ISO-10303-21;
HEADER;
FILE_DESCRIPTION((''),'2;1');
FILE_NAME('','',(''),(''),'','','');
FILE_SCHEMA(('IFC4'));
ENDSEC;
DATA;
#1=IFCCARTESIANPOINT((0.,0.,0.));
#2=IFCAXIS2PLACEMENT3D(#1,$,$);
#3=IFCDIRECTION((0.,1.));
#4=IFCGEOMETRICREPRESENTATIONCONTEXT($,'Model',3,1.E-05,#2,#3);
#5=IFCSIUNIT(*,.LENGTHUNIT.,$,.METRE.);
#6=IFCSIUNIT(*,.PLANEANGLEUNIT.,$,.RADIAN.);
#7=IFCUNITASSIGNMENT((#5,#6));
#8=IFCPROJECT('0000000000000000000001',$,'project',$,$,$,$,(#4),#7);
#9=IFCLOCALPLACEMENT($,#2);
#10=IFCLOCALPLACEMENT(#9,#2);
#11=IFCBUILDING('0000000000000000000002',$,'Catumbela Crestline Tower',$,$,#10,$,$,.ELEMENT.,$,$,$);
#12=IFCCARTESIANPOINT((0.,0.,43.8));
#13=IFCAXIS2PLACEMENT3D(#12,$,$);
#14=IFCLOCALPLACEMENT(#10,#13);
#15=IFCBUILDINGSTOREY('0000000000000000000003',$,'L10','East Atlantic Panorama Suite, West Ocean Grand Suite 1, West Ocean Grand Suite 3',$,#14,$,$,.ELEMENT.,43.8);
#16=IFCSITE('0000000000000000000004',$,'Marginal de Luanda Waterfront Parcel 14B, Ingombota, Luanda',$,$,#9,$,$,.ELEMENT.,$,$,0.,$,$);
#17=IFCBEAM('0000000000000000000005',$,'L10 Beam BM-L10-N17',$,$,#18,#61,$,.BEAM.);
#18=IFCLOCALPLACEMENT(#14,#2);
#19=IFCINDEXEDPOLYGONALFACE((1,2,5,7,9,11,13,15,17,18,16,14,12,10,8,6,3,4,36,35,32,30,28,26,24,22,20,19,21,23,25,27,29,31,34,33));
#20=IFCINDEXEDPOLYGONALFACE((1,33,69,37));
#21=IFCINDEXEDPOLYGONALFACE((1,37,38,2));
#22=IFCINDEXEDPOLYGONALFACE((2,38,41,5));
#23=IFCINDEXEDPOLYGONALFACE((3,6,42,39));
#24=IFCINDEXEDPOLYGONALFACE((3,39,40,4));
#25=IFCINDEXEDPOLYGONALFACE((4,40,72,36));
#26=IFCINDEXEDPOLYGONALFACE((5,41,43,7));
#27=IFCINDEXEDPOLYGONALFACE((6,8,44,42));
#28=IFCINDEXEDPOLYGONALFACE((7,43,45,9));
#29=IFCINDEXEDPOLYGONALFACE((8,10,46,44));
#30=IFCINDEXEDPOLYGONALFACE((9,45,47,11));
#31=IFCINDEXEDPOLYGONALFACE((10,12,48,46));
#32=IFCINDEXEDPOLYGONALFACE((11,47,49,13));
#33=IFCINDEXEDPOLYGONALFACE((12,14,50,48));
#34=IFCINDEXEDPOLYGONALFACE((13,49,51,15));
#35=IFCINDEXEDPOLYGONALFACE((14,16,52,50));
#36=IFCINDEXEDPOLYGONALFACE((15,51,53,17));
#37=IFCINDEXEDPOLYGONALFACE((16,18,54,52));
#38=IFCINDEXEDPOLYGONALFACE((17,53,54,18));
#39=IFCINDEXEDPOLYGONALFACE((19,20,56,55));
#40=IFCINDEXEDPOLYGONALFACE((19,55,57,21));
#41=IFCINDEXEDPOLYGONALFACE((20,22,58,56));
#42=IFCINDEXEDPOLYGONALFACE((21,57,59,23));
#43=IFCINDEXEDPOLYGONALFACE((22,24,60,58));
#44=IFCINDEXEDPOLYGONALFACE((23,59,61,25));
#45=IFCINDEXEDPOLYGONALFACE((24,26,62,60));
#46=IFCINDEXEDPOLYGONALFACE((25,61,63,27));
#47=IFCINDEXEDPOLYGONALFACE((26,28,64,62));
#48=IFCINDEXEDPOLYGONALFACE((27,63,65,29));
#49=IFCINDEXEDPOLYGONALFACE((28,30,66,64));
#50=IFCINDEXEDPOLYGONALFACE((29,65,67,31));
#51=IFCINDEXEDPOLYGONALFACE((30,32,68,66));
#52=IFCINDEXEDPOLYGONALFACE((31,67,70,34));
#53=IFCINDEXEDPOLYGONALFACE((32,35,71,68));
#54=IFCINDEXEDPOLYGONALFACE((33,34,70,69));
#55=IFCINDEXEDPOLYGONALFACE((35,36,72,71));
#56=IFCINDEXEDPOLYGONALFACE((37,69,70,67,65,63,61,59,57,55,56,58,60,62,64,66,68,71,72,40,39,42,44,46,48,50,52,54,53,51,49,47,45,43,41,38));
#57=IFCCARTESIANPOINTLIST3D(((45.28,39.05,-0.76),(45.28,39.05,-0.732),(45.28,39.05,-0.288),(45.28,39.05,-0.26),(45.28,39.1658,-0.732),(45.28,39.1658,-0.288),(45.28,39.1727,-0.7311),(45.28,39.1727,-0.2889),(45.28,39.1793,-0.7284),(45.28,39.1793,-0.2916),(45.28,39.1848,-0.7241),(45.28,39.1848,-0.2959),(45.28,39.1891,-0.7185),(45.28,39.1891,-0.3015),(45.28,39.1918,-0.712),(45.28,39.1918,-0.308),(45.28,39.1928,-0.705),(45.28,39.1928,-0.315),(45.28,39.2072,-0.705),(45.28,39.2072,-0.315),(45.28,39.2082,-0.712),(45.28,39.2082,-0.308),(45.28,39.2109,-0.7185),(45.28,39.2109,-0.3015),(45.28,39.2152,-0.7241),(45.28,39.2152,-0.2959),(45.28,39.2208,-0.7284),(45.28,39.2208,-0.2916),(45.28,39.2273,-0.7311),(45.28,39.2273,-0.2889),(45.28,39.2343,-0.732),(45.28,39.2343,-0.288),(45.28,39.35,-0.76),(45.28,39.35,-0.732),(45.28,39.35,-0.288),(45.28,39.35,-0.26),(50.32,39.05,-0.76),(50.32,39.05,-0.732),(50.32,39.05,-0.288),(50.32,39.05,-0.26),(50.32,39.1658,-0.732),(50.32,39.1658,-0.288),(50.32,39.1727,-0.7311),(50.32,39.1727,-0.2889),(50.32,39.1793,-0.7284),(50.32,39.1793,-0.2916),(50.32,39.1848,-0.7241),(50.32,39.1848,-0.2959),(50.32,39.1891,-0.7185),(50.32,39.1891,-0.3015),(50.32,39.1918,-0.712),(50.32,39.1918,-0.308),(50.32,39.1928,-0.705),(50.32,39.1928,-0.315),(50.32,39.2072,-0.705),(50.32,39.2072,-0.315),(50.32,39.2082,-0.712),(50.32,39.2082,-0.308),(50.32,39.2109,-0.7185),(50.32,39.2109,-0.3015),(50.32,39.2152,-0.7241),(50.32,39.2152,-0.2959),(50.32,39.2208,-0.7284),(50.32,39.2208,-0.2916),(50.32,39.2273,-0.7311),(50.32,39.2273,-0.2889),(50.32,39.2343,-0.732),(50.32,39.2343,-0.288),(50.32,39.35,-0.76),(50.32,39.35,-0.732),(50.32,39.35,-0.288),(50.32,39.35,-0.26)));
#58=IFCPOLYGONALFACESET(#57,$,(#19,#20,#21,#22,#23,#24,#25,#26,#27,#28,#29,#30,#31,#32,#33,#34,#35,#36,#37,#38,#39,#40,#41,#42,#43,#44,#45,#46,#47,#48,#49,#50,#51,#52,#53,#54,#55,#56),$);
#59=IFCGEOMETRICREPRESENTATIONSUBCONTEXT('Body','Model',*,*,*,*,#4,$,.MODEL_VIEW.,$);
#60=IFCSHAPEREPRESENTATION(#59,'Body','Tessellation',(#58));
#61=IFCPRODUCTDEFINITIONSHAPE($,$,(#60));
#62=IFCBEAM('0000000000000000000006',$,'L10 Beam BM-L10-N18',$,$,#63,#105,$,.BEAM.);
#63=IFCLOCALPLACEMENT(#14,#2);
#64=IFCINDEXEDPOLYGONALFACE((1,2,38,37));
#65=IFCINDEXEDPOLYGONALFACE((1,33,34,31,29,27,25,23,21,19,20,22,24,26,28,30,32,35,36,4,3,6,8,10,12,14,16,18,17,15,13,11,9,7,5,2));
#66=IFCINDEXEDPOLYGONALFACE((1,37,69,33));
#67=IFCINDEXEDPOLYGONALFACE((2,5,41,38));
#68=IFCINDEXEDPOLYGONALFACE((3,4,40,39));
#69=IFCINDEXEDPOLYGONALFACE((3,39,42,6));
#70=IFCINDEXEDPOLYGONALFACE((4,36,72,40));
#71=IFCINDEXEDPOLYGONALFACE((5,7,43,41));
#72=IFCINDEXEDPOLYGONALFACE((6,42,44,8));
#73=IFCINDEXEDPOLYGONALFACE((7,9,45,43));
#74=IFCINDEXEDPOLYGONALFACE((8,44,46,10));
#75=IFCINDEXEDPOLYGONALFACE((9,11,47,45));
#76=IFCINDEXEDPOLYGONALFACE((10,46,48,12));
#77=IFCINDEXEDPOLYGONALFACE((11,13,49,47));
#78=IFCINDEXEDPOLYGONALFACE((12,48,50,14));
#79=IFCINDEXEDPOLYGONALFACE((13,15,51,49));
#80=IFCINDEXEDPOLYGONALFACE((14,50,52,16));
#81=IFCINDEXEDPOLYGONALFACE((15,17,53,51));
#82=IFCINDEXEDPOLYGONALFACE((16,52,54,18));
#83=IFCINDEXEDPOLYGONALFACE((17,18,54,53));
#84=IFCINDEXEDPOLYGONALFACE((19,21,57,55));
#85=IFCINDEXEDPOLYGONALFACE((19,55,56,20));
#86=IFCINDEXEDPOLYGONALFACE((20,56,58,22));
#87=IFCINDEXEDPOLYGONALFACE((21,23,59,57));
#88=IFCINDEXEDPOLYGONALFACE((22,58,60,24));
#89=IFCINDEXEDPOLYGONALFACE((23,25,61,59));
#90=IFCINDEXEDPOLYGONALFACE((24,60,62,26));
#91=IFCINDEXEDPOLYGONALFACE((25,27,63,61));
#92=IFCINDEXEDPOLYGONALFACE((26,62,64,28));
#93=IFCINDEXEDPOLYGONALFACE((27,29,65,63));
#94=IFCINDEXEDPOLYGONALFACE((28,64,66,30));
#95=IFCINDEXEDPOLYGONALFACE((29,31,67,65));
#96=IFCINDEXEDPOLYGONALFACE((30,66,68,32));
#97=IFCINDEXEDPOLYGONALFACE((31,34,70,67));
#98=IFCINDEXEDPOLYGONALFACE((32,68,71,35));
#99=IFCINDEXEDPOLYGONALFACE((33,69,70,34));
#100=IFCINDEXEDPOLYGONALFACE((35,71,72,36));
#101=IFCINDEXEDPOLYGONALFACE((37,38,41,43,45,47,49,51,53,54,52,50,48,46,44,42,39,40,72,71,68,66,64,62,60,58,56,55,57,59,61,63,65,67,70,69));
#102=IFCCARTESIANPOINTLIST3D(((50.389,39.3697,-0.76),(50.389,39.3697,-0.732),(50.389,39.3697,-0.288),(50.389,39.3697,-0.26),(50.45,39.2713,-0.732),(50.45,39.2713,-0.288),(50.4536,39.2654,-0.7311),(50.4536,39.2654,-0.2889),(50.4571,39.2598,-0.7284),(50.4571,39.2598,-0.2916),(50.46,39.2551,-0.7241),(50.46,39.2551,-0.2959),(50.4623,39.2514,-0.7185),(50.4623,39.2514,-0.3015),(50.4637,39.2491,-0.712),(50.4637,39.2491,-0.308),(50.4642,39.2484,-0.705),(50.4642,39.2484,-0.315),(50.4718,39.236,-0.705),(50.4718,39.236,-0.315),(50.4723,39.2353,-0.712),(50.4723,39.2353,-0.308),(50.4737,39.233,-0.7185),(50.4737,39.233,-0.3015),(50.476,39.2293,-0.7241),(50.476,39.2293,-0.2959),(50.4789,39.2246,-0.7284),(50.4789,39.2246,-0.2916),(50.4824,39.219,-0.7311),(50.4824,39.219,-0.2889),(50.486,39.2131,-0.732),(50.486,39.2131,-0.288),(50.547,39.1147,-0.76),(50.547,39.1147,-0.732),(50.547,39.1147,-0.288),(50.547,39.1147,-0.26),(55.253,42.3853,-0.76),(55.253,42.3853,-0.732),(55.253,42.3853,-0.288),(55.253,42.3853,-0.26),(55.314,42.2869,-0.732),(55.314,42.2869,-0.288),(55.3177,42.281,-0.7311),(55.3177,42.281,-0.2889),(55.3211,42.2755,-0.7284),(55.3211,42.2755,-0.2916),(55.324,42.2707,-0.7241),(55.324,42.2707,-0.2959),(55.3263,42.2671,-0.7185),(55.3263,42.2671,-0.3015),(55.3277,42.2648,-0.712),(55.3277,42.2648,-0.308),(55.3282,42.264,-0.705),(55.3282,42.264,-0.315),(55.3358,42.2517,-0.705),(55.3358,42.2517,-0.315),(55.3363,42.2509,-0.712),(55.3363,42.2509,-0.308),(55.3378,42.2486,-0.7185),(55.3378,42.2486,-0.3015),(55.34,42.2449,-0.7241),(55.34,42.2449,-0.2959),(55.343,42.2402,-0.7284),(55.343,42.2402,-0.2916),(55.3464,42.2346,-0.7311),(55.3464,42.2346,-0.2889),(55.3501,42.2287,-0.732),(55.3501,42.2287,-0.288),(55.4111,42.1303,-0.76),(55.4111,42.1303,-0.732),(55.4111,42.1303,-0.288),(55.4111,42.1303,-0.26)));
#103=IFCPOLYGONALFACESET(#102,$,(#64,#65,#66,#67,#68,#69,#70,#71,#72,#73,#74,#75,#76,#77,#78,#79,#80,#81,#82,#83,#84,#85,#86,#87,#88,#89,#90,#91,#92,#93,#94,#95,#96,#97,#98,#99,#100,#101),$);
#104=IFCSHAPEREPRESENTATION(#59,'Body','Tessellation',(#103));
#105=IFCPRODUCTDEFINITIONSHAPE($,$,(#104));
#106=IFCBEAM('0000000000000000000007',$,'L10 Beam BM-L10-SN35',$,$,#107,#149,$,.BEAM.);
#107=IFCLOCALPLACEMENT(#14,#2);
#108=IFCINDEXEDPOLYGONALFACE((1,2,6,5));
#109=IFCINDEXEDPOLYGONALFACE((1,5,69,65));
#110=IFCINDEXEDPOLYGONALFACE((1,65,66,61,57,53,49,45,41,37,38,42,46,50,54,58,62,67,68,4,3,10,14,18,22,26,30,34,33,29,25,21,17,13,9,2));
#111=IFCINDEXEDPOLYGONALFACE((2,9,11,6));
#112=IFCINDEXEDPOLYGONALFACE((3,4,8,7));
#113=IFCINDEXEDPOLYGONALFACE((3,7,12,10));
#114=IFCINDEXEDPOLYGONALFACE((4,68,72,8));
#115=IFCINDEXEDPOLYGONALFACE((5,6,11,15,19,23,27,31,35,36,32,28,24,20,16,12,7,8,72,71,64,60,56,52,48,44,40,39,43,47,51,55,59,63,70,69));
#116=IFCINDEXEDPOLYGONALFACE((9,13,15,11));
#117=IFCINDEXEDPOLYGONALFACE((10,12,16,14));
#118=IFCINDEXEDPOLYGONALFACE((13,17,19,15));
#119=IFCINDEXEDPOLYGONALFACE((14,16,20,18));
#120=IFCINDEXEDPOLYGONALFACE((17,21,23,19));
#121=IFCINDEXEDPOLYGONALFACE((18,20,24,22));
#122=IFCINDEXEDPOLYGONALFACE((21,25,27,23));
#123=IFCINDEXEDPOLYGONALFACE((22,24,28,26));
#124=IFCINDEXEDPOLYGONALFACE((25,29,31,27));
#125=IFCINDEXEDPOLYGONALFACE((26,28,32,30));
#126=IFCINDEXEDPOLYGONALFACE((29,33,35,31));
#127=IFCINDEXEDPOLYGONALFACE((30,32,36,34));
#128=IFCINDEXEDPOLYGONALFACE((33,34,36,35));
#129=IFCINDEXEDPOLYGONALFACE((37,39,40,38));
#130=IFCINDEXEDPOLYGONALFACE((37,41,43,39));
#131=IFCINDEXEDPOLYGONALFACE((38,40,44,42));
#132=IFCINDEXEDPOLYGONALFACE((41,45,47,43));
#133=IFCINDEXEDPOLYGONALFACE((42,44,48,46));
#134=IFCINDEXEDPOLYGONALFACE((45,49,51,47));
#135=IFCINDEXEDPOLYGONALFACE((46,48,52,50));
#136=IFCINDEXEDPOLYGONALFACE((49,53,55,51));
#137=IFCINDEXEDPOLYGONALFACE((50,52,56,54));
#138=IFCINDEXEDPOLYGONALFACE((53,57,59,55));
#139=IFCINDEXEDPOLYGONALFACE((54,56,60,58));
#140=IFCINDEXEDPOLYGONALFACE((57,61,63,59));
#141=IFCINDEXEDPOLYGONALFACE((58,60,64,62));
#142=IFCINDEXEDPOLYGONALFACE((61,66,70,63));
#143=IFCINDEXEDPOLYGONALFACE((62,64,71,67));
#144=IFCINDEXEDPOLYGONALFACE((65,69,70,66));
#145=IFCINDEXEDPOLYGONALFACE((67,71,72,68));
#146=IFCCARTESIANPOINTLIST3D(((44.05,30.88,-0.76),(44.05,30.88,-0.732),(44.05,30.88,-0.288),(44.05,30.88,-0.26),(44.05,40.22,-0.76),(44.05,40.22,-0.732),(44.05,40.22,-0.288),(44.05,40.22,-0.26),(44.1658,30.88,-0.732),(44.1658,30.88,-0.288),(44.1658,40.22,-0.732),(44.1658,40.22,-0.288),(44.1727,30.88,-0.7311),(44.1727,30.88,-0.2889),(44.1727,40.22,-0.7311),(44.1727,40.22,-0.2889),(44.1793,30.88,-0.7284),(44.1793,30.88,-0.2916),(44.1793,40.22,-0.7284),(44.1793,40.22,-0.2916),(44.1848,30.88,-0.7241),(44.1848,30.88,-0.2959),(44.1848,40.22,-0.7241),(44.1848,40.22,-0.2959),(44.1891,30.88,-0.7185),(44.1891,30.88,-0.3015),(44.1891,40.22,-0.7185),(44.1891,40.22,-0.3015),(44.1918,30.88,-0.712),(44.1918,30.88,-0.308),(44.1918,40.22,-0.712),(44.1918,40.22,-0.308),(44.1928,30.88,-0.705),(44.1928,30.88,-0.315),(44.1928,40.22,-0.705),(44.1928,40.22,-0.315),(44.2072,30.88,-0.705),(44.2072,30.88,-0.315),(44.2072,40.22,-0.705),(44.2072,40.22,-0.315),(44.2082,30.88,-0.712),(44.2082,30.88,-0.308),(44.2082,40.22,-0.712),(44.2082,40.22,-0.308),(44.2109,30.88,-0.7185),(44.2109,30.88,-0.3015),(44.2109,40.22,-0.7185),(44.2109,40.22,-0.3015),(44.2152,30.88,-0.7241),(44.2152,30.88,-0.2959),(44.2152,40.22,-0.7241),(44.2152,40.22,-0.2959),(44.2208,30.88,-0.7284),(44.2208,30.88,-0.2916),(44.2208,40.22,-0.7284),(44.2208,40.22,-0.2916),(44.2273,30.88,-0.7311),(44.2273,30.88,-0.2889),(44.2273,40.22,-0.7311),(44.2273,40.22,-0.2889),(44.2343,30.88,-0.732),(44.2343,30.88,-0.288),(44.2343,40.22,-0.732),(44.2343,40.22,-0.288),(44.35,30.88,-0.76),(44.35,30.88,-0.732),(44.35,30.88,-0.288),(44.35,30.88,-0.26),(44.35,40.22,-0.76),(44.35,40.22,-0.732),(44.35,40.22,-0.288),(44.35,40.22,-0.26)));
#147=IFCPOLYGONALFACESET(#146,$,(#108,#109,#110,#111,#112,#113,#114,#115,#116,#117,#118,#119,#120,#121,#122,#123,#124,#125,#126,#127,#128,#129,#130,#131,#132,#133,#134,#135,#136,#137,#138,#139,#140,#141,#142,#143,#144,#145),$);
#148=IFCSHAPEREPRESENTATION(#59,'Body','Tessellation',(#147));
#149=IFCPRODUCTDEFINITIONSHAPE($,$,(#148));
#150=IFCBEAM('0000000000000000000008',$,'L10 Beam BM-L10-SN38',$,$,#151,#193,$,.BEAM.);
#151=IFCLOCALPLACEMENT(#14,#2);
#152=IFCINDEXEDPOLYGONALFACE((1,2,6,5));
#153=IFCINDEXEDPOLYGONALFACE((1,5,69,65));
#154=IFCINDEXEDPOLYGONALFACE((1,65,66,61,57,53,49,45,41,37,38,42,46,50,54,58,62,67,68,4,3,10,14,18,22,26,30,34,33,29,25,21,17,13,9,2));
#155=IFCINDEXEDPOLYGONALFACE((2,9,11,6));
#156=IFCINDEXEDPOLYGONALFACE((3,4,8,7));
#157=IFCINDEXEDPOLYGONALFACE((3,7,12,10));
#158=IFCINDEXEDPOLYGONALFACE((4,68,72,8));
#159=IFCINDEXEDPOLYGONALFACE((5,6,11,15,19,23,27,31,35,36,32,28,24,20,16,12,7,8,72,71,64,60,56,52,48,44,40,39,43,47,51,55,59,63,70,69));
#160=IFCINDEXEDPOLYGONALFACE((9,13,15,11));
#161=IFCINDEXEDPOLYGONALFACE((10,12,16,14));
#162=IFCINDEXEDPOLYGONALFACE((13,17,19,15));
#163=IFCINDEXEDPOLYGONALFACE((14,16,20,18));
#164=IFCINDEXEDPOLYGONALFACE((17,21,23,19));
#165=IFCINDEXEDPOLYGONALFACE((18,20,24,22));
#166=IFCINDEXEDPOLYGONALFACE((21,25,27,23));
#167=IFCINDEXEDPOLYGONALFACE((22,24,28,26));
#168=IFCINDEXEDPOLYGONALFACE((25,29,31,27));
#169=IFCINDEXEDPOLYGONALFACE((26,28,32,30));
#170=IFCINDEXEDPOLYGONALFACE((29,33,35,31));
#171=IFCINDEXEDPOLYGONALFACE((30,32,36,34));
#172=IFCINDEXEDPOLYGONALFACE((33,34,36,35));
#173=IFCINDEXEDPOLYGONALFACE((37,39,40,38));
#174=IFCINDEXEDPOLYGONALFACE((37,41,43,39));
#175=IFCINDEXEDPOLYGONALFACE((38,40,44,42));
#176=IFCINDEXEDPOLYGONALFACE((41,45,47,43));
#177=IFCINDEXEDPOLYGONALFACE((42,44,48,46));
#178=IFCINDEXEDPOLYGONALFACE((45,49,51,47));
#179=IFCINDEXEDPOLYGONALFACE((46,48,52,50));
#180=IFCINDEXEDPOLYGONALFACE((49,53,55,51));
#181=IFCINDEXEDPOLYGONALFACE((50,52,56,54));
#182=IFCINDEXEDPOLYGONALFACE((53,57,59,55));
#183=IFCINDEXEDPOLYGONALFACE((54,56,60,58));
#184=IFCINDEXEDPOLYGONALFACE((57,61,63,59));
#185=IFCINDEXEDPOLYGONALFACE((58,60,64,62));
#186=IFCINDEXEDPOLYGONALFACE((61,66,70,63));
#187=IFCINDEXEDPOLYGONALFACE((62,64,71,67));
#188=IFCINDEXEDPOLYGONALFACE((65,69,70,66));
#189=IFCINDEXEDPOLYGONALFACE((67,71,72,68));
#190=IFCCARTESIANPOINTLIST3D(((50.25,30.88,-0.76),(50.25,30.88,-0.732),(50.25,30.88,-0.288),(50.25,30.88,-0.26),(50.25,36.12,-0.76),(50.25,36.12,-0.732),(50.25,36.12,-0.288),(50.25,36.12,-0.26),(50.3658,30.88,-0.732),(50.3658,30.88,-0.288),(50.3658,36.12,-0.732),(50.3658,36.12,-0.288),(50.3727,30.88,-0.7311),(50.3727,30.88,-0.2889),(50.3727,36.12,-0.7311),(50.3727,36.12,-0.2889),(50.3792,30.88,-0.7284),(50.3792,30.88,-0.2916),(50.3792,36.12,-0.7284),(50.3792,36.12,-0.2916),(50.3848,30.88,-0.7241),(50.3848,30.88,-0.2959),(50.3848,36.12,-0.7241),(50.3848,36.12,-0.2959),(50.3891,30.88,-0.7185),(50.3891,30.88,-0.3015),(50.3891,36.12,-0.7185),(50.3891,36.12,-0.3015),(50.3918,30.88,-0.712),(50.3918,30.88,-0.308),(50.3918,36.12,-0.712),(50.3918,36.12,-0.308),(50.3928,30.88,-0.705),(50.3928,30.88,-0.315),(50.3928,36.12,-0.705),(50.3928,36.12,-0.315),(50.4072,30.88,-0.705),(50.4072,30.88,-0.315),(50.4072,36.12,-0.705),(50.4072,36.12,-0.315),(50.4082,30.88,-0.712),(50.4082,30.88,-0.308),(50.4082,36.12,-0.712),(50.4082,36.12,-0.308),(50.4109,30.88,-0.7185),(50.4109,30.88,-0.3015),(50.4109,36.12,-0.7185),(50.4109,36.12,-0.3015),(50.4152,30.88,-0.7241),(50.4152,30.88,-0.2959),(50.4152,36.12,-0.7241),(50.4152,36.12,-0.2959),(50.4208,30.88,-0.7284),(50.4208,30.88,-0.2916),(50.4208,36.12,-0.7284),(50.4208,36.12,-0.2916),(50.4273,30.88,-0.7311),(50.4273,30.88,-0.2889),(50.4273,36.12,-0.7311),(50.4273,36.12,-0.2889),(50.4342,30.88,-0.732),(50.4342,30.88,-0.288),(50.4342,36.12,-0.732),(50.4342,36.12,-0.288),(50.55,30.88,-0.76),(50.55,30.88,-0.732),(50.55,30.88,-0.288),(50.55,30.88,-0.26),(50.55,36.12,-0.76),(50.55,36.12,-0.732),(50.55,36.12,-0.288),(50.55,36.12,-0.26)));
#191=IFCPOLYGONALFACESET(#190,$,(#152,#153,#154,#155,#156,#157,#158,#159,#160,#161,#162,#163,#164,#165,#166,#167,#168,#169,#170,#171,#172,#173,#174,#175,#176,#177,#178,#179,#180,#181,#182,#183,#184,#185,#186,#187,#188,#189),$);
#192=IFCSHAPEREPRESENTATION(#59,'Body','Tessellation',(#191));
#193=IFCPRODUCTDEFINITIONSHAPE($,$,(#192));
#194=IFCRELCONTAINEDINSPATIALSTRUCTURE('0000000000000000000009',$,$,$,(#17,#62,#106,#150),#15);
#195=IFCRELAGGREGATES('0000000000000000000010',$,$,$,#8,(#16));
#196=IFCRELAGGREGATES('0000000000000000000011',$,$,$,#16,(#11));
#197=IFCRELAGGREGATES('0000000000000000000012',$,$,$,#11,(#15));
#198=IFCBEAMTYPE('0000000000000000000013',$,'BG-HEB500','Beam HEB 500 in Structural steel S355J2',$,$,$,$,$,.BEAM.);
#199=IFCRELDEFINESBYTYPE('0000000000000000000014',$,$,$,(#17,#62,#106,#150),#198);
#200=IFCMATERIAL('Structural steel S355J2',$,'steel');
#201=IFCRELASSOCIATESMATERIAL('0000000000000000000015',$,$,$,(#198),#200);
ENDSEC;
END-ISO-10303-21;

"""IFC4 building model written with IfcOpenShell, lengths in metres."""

from ifc_helpers import new_model, si_unit, direction, frame, origin, origin_2d, place, context, subcontext, project, spatial, i_section, extrude, material, material_profile, profile_set, type_object, element, save


model = new_model("IFC4")

# Units and contexts
model_context = context("Model", 3, precision=1e-05, world=origin(), true_north=direction((0.0, 1.0)))
body_context = subcontext(model_context, "Body", "Model", "MODEL_VIEW")
ifc_project = project(units=[si_unit("LENGTHUNIT", "METRE"), si_unit("PLANEANGLEUNIT", "RADIAN")], contexts=[model_context])

# Site, building, storey
site_placement = place(None, origin())
site = spatial("IfcSite", under=ifc_project, at=site_placement, Name="Marginal de Luanda Waterfront Parcel 14B, Ingombota, Luanda", CompositionType="ELEMENT", RefElevation=0.0)
building_placement = place(site_placement, origin())
building = spatial("IfcBuilding", under=site, at=building_placement, Name="Catumbela Crestline Tower", CompositionType="ELEMENT")
storey_placement = place(building_placement, frame((0.0, 0.0, 43.8)))
storey = spatial("IfcBuildingStorey", under=building, at=storey_placement, Name="L10", Description="East Atlantic Panorama Suite, West Ocean Grand Suite 1, West Ocean Grand Suite 3", CompositionType="ELEMENT", Elevation=43.8)

# Beams
ifc_material_1 = material(Name="Structural steel S355J2", Category="steel")
ifc_material_profile_1 = material_profile(ifc_material_1, i_section(OverallWidth=0.3, OverallDepth=0.5, WebThickness=0.0145, FlangeThickness=0.028, FilletRadius=0.027, at=origin_2d()), Name="HEB 500")
ifc_profile_set_1 = profile_set([ifc_material_profile_1], Name="Structural steel S355J2")
beam_type_1 = type_object("IfcBeamType", Name="BG-HEB500", Description="Beam HEB 500 in Structural steel S355J2", PredefinedType="BEAM", material=ifc_profile_set_1)
beam_1_placement = place(storey_placement, frame((45.28, 39.2, -0.51), z_axis=(1.0, 0.0, 0.0), x_axis=(0.0, 1.0, 0.0)))
element("IfcBeam", 1, at=beam_1_placement, inside=storey, type_object=beam_type_1, Name="L10 Beam BM-L10-N17", PredefinedType="BEAM", context=body_context, shape_type="SweptSolid", body=[
    extrude(i_section(OverallWidth=0.3, OverallDepth=0.5, WebThickness=0.0145, FlangeThickness=0.028, FilletRadius=0.027, at=origin_2d()), origin(), (0.0, 0.0, 1.0), 5.04),
])
beam_2_placement = place(storey_placement, frame((50.468, 39.2422, -0.51), z_axis=(0.849909, 0.52693, 0.0), x_axis=(-0.52693, 0.849909, 0.0)))
element("IfcBeam", 2, at=beam_2_placement, inside=storey, type_object=beam_type_1, Name="L10 Beam BM-L10-N18", PredefinedType="BEAM", context=body_context, shape_type="SweptSolid", body=[
    extrude(i_section(OverallWidth=0.3, OverallDepth=0.5, WebThickness=0.0145, FlangeThickness=0.028, FilletRadius=0.027, at=origin_2d()), origin(), (0.0, 0.0, 1.0), 5.723),
])
beam_3_placement = place(storey_placement, frame((44.2, 30.88, -0.51), z_axis=(0.0, 1.0, 0.0), x_axis=(-1.0, 0.0, 0.0)))
element("IfcBeam", 3, at=beam_3_placement, inside=storey, type_object=beam_type_1, Name="L10 Beam BM-L10-SN35", PredefinedType="BEAM", context=body_context, shape_type="SweptSolid", body=[
    extrude(i_section(OverallWidth=0.3, OverallDepth=0.5, WebThickness=0.0145, FlangeThickness=0.028, FilletRadius=0.027, at=origin_2d()), origin(), (0.0, 0.0, 1.0), 9.34),
])
beam_4_placement = place(storey_placement, frame((50.4, 30.88, -0.51), z_axis=(0.0, 1.0, 0.0), x_axis=(-1.0, 0.0, 0.0)))
element("IfcBeam", 4, at=beam_4_placement, inside=storey, type_object=beam_type_1, Name="L10 Beam BM-L10-SN38", PredefinedType="BEAM", context=body_context, shape_type="SweptSolid", body=[
    extrude(i_section(OverallWidth=0.3, OverallDepth=0.5, WebThickness=0.0145, FlangeThickness=0.028, FilletRadius=0.027, at=origin_2d()), origin(), (0.0, 0.0, 1.0), 5.24),
])

save(model, "model.ifc")
